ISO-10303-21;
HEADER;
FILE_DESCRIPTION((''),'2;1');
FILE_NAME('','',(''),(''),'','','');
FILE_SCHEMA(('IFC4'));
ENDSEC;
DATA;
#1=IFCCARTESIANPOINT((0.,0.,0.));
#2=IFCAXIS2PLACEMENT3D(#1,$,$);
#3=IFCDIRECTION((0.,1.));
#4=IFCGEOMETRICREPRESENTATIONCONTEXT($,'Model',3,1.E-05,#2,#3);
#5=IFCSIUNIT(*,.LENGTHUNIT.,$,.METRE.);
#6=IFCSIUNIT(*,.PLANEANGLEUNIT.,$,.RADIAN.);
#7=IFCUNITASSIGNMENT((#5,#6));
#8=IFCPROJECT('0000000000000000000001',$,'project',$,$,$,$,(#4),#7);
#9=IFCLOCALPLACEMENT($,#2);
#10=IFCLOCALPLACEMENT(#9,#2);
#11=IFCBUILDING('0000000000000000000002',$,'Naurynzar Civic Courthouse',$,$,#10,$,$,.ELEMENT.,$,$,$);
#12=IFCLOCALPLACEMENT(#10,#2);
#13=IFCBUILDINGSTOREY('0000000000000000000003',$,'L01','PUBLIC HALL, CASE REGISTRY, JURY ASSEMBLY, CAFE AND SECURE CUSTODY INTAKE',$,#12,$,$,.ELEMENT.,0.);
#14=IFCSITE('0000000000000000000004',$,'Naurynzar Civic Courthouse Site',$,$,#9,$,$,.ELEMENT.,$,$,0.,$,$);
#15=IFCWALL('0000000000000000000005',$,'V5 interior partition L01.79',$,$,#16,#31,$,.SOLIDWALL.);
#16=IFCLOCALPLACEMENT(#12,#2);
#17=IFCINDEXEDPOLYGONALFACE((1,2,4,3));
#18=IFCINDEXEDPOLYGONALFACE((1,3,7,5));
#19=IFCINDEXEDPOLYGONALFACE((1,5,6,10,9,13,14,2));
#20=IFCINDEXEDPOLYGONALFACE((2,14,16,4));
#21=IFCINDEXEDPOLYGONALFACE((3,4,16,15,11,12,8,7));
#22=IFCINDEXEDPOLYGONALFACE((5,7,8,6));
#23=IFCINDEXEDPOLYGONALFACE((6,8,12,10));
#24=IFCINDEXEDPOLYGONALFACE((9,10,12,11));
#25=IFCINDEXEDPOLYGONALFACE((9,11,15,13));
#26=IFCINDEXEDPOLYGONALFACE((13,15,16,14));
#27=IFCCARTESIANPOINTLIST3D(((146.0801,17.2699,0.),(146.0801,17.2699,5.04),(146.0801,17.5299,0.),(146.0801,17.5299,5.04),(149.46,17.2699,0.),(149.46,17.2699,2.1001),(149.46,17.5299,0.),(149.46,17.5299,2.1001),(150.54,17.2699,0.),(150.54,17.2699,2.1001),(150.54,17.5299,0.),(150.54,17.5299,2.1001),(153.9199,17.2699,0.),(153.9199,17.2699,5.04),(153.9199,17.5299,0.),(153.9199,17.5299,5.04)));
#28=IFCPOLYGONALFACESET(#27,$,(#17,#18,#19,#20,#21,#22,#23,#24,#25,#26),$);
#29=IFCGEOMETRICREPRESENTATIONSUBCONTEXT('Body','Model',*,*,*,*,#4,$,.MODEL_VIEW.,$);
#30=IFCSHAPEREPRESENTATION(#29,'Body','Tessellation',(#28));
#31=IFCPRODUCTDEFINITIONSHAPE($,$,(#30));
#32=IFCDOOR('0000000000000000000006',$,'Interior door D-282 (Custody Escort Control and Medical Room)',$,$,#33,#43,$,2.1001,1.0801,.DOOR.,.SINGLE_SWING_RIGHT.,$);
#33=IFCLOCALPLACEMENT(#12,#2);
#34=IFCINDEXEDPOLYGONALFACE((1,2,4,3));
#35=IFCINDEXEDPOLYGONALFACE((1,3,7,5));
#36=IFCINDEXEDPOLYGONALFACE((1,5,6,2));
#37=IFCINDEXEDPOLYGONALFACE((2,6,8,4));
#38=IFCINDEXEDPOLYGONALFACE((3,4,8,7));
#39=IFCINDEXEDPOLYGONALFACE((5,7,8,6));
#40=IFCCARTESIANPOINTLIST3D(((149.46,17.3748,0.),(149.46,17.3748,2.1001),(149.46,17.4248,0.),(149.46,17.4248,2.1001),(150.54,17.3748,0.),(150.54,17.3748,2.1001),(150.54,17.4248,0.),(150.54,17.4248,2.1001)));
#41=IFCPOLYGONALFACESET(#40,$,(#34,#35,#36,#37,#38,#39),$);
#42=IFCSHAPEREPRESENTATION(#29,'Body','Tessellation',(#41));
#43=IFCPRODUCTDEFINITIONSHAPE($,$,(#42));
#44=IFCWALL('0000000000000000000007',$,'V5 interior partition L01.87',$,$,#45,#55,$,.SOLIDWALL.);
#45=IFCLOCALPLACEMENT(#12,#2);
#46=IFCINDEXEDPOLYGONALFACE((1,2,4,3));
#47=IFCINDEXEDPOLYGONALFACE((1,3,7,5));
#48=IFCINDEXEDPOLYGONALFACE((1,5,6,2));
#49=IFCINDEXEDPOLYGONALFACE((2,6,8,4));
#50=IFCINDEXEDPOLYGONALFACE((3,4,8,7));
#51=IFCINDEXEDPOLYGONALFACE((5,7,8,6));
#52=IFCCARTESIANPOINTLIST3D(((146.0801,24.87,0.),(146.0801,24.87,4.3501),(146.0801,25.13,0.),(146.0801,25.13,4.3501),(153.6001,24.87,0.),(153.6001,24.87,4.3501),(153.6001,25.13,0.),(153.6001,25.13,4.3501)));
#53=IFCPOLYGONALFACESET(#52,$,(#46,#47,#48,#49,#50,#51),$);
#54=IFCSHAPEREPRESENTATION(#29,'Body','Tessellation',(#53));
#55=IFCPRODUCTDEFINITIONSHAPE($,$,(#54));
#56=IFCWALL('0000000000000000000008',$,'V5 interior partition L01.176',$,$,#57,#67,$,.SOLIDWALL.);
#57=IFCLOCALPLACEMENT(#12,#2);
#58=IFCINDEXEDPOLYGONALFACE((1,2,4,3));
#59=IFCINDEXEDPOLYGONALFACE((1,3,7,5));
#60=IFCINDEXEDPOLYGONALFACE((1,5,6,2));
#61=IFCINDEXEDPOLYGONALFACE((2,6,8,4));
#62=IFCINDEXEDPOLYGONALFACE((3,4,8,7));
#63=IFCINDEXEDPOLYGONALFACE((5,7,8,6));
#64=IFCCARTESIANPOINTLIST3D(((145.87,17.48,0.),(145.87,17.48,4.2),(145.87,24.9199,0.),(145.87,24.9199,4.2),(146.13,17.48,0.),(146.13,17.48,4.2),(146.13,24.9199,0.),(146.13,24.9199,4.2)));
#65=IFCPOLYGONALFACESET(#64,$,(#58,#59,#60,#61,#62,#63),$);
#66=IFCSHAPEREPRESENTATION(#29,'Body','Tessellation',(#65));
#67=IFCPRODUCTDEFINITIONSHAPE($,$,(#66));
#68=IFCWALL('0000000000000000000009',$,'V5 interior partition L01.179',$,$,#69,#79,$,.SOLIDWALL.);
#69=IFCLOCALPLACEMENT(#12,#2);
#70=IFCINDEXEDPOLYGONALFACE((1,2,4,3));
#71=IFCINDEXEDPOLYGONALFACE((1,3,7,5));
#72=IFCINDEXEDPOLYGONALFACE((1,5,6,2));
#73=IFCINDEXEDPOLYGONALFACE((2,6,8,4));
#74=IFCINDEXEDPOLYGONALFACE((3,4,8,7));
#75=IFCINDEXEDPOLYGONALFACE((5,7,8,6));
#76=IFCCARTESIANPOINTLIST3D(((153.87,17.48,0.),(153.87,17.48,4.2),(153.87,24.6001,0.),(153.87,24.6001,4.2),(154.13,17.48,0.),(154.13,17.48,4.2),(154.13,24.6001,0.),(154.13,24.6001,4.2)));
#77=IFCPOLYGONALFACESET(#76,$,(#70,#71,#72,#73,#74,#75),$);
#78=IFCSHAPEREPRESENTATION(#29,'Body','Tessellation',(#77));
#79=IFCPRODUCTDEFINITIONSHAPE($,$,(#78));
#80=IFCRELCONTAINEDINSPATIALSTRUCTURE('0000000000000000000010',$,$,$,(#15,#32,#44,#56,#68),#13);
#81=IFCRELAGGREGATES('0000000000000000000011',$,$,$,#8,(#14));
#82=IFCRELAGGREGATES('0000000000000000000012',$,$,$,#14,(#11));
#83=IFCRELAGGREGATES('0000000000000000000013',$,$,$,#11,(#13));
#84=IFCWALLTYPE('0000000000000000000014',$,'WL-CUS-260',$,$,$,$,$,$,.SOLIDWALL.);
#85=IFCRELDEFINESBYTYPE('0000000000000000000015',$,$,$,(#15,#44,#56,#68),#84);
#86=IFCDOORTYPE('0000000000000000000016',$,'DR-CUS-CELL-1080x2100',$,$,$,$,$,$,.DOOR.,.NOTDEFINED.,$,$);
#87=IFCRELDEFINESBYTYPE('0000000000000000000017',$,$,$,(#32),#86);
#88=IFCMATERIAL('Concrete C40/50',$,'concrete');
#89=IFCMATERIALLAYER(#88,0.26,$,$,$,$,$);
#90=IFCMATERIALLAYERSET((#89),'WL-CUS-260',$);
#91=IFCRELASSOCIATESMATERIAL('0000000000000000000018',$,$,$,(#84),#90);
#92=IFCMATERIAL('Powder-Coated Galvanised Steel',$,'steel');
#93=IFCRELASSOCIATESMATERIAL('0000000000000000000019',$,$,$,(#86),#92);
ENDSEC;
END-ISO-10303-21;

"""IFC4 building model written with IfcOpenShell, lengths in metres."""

from ifc_helpers import new_model, si_unit, direction, frame, frame_2d, origin, place, context, subcontext, project, spatial, rectangle, extrude, material, layer, layer_set, type_object, element, fill, save


model = new_model("IFC4")

# Units and contexts
model_context = context("Model", 3, precision=1e-05, world=origin(), true_north=direction((0.0, 1.0)))
body_context = subcontext(model_context, "Body", "Model", "MODEL_VIEW")
ifc_project = project(units=[si_unit("LENGTHUNIT", "METRE"), si_unit("PLANEANGLEUNIT", "RADIAN")], contexts=[model_context])

# Site, building, storey
site_placement = place(None, origin())
site = spatial("IfcSite", under=ifc_project, at=site_placement, Name="Naurynzar Civic Courthouse Site", CompositionType="ELEMENT", RefElevation=0.0)
building_placement = place(site_placement, origin())
building = spatial("IfcBuilding", under=site, at=building_placement, Name="Naurynzar Civic Courthouse", CompositionType="ELEMENT")
storey_placement = place(building_placement, origin())
storey = spatial("IfcBuildingStorey", under=building, at=storey_placement, Name="L01", Description="PUBLIC HALL, CASE REGISTRY, JURY ASSEMBLY, CAFE AND SECURE CUSTODY INTAKE", CompositionType="ELEMENT", Elevation=0.0)

# Wall, opening, door
ifc_material_1 = material(Name="Concrete C40/50", Category="concrete")
ifc_layer = layer(ifc_material_1, 0.26)
ifc_layer_set = layer_set([ifc_layer], Name="WL-CUS-260")
wall_type = type_object("IfcWallType", Name="WL-CUS-260", PredefinedType="SOLIDWALL", material=ifc_layer_set)
wall_1_placement = place(storey_placement, frame((146.0801, 17.3999, 0.0), z_axis=(0.0, 0.0, 1.0), x_axis=(1.0, 0.0, 0.0)))
wall_1 = element("IfcWall", 1, at=wall_1_placement, inside=storey, type_object=wall_type, Name="V5 interior partition L01.79", PredefinedType="SOLIDWALL", context=body_context, shape_type="SweptSolid", body=[
    extrude(rectangle(XDim=7.8398, YDim=0.26, at=frame_2d((3.9199, 0.0))), origin(), (0.0, 0.0, 1.0), 5.04),
])
opening_placement = place(wall_1_placement, frame((3.3799, 0.0, 0.0)))
opening = element("IfcOpeningElement", 2, at=opening_placement, cuts=wall_1, PredefinedType="OPENING", context=body_context, shape_type="SweptSolid", body=[
    extrude(rectangle(XDim=1.0801, YDim=2.1001, at=frame_2d((0.54, 1.05))), frame((0.0, 0.1399, 0.0), z_axis=(0.0, -1.0, 0.0), x_axis=(1.0, 0.0, 0.0)), (0.0, 0.0, 1.0), 0.28),
])
ifc_material_2 = material(Name="Powder-Coated Galvanised Steel", Category="steel")
door_type = type_object("IfcDoorType", Name="DR-CUS-CELL-1080x2100", OperationType="NOTDEFINED", PredefinedType="DOOR", material=ifc_material_2)
door_placement = place(opening_placement, origin())
door = element("IfcDoor", 3, at=door_placement, inside=storey, type_object=door_type, Name="Interior door D-282 (Custody Escort Control and Medical Room)", OperationType="SINGLE_SWING_RIGHT", OverallHeight=2.1001, OverallWidth=1.0801, PredefinedType="DOOR", context=body_context, shape_type="SweptSolid", body=[
    extrude(rectangle(XDim=1.0801, YDim=2.1001, at=frame_2d((0.54, 1.05))), frame((0.0, 0.0249, 0.0), z_axis=(0.0, -1.0, 0.0), x_axis=(1.0, 0.0, 0.0)), (0.0, 0.0, 1.0), 0.05),
])
fill(opening, door)

# Walls
wall_2_placement = place(storey_placement, frame((146.0801, 25.0, 0.0), z_axis=(0.0, 0.0, 1.0), x_axis=(1.0, 0.0, 0.0)))
element("IfcWall", 4, at=wall_2_placement, inside=storey, type_object=wall_type, Name="V5 interior partition L01.87", PredefinedType="SOLIDWALL", context=body_context, shape_type="SweptSolid", body=[
    extrude(rectangle(XDim=7.52, YDim=0.26, at=frame_2d((3.76, 0.0))), origin(), (0.0, 0.0, 1.0), 4.3501),
])
wall_3_placement = place(storey_placement, frame((146.0, 17.48, 0.0), z_axis=(0.0, 0.0, 1.0), x_axis=(0.0, 1.0, 0.0)))
element("IfcWall", 5, at=wall_3_placement, inside=storey, type_object=wall_type, Name="V5 interior partition L01.176", PredefinedType="SOLIDWALL", context=body_context, shape_type="SweptSolid", body=[
    extrude(rectangle(XDim=7.4399, YDim=0.26, at=frame_2d((3.72, 0.0))), origin(), (0.0, 0.0, 1.0), 4.2),
])
wall_4_placement = place(storey_placement, frame((154.0, 17.48, 0.0), z_axis=(0.0, 0.0, 1.0), x_axis=(0.0, 1.0, 0.0)))
element("IfcWall", 6, at=wall_4_placement, inside=storey, type_object=wall_type, Name="V5 interior partition L01.179", PredefinedType="SOLIDWALL", context=body_context, shape_type="SweptSolid", body=[
    extrude(rectangle(XDim=7.1201, YDim=0.26, at=frame_2d((3.5601, 0.0))), origin(), (0.0, 0.0, 1.0), 4.2),
])

save(model, "model.ifc")
